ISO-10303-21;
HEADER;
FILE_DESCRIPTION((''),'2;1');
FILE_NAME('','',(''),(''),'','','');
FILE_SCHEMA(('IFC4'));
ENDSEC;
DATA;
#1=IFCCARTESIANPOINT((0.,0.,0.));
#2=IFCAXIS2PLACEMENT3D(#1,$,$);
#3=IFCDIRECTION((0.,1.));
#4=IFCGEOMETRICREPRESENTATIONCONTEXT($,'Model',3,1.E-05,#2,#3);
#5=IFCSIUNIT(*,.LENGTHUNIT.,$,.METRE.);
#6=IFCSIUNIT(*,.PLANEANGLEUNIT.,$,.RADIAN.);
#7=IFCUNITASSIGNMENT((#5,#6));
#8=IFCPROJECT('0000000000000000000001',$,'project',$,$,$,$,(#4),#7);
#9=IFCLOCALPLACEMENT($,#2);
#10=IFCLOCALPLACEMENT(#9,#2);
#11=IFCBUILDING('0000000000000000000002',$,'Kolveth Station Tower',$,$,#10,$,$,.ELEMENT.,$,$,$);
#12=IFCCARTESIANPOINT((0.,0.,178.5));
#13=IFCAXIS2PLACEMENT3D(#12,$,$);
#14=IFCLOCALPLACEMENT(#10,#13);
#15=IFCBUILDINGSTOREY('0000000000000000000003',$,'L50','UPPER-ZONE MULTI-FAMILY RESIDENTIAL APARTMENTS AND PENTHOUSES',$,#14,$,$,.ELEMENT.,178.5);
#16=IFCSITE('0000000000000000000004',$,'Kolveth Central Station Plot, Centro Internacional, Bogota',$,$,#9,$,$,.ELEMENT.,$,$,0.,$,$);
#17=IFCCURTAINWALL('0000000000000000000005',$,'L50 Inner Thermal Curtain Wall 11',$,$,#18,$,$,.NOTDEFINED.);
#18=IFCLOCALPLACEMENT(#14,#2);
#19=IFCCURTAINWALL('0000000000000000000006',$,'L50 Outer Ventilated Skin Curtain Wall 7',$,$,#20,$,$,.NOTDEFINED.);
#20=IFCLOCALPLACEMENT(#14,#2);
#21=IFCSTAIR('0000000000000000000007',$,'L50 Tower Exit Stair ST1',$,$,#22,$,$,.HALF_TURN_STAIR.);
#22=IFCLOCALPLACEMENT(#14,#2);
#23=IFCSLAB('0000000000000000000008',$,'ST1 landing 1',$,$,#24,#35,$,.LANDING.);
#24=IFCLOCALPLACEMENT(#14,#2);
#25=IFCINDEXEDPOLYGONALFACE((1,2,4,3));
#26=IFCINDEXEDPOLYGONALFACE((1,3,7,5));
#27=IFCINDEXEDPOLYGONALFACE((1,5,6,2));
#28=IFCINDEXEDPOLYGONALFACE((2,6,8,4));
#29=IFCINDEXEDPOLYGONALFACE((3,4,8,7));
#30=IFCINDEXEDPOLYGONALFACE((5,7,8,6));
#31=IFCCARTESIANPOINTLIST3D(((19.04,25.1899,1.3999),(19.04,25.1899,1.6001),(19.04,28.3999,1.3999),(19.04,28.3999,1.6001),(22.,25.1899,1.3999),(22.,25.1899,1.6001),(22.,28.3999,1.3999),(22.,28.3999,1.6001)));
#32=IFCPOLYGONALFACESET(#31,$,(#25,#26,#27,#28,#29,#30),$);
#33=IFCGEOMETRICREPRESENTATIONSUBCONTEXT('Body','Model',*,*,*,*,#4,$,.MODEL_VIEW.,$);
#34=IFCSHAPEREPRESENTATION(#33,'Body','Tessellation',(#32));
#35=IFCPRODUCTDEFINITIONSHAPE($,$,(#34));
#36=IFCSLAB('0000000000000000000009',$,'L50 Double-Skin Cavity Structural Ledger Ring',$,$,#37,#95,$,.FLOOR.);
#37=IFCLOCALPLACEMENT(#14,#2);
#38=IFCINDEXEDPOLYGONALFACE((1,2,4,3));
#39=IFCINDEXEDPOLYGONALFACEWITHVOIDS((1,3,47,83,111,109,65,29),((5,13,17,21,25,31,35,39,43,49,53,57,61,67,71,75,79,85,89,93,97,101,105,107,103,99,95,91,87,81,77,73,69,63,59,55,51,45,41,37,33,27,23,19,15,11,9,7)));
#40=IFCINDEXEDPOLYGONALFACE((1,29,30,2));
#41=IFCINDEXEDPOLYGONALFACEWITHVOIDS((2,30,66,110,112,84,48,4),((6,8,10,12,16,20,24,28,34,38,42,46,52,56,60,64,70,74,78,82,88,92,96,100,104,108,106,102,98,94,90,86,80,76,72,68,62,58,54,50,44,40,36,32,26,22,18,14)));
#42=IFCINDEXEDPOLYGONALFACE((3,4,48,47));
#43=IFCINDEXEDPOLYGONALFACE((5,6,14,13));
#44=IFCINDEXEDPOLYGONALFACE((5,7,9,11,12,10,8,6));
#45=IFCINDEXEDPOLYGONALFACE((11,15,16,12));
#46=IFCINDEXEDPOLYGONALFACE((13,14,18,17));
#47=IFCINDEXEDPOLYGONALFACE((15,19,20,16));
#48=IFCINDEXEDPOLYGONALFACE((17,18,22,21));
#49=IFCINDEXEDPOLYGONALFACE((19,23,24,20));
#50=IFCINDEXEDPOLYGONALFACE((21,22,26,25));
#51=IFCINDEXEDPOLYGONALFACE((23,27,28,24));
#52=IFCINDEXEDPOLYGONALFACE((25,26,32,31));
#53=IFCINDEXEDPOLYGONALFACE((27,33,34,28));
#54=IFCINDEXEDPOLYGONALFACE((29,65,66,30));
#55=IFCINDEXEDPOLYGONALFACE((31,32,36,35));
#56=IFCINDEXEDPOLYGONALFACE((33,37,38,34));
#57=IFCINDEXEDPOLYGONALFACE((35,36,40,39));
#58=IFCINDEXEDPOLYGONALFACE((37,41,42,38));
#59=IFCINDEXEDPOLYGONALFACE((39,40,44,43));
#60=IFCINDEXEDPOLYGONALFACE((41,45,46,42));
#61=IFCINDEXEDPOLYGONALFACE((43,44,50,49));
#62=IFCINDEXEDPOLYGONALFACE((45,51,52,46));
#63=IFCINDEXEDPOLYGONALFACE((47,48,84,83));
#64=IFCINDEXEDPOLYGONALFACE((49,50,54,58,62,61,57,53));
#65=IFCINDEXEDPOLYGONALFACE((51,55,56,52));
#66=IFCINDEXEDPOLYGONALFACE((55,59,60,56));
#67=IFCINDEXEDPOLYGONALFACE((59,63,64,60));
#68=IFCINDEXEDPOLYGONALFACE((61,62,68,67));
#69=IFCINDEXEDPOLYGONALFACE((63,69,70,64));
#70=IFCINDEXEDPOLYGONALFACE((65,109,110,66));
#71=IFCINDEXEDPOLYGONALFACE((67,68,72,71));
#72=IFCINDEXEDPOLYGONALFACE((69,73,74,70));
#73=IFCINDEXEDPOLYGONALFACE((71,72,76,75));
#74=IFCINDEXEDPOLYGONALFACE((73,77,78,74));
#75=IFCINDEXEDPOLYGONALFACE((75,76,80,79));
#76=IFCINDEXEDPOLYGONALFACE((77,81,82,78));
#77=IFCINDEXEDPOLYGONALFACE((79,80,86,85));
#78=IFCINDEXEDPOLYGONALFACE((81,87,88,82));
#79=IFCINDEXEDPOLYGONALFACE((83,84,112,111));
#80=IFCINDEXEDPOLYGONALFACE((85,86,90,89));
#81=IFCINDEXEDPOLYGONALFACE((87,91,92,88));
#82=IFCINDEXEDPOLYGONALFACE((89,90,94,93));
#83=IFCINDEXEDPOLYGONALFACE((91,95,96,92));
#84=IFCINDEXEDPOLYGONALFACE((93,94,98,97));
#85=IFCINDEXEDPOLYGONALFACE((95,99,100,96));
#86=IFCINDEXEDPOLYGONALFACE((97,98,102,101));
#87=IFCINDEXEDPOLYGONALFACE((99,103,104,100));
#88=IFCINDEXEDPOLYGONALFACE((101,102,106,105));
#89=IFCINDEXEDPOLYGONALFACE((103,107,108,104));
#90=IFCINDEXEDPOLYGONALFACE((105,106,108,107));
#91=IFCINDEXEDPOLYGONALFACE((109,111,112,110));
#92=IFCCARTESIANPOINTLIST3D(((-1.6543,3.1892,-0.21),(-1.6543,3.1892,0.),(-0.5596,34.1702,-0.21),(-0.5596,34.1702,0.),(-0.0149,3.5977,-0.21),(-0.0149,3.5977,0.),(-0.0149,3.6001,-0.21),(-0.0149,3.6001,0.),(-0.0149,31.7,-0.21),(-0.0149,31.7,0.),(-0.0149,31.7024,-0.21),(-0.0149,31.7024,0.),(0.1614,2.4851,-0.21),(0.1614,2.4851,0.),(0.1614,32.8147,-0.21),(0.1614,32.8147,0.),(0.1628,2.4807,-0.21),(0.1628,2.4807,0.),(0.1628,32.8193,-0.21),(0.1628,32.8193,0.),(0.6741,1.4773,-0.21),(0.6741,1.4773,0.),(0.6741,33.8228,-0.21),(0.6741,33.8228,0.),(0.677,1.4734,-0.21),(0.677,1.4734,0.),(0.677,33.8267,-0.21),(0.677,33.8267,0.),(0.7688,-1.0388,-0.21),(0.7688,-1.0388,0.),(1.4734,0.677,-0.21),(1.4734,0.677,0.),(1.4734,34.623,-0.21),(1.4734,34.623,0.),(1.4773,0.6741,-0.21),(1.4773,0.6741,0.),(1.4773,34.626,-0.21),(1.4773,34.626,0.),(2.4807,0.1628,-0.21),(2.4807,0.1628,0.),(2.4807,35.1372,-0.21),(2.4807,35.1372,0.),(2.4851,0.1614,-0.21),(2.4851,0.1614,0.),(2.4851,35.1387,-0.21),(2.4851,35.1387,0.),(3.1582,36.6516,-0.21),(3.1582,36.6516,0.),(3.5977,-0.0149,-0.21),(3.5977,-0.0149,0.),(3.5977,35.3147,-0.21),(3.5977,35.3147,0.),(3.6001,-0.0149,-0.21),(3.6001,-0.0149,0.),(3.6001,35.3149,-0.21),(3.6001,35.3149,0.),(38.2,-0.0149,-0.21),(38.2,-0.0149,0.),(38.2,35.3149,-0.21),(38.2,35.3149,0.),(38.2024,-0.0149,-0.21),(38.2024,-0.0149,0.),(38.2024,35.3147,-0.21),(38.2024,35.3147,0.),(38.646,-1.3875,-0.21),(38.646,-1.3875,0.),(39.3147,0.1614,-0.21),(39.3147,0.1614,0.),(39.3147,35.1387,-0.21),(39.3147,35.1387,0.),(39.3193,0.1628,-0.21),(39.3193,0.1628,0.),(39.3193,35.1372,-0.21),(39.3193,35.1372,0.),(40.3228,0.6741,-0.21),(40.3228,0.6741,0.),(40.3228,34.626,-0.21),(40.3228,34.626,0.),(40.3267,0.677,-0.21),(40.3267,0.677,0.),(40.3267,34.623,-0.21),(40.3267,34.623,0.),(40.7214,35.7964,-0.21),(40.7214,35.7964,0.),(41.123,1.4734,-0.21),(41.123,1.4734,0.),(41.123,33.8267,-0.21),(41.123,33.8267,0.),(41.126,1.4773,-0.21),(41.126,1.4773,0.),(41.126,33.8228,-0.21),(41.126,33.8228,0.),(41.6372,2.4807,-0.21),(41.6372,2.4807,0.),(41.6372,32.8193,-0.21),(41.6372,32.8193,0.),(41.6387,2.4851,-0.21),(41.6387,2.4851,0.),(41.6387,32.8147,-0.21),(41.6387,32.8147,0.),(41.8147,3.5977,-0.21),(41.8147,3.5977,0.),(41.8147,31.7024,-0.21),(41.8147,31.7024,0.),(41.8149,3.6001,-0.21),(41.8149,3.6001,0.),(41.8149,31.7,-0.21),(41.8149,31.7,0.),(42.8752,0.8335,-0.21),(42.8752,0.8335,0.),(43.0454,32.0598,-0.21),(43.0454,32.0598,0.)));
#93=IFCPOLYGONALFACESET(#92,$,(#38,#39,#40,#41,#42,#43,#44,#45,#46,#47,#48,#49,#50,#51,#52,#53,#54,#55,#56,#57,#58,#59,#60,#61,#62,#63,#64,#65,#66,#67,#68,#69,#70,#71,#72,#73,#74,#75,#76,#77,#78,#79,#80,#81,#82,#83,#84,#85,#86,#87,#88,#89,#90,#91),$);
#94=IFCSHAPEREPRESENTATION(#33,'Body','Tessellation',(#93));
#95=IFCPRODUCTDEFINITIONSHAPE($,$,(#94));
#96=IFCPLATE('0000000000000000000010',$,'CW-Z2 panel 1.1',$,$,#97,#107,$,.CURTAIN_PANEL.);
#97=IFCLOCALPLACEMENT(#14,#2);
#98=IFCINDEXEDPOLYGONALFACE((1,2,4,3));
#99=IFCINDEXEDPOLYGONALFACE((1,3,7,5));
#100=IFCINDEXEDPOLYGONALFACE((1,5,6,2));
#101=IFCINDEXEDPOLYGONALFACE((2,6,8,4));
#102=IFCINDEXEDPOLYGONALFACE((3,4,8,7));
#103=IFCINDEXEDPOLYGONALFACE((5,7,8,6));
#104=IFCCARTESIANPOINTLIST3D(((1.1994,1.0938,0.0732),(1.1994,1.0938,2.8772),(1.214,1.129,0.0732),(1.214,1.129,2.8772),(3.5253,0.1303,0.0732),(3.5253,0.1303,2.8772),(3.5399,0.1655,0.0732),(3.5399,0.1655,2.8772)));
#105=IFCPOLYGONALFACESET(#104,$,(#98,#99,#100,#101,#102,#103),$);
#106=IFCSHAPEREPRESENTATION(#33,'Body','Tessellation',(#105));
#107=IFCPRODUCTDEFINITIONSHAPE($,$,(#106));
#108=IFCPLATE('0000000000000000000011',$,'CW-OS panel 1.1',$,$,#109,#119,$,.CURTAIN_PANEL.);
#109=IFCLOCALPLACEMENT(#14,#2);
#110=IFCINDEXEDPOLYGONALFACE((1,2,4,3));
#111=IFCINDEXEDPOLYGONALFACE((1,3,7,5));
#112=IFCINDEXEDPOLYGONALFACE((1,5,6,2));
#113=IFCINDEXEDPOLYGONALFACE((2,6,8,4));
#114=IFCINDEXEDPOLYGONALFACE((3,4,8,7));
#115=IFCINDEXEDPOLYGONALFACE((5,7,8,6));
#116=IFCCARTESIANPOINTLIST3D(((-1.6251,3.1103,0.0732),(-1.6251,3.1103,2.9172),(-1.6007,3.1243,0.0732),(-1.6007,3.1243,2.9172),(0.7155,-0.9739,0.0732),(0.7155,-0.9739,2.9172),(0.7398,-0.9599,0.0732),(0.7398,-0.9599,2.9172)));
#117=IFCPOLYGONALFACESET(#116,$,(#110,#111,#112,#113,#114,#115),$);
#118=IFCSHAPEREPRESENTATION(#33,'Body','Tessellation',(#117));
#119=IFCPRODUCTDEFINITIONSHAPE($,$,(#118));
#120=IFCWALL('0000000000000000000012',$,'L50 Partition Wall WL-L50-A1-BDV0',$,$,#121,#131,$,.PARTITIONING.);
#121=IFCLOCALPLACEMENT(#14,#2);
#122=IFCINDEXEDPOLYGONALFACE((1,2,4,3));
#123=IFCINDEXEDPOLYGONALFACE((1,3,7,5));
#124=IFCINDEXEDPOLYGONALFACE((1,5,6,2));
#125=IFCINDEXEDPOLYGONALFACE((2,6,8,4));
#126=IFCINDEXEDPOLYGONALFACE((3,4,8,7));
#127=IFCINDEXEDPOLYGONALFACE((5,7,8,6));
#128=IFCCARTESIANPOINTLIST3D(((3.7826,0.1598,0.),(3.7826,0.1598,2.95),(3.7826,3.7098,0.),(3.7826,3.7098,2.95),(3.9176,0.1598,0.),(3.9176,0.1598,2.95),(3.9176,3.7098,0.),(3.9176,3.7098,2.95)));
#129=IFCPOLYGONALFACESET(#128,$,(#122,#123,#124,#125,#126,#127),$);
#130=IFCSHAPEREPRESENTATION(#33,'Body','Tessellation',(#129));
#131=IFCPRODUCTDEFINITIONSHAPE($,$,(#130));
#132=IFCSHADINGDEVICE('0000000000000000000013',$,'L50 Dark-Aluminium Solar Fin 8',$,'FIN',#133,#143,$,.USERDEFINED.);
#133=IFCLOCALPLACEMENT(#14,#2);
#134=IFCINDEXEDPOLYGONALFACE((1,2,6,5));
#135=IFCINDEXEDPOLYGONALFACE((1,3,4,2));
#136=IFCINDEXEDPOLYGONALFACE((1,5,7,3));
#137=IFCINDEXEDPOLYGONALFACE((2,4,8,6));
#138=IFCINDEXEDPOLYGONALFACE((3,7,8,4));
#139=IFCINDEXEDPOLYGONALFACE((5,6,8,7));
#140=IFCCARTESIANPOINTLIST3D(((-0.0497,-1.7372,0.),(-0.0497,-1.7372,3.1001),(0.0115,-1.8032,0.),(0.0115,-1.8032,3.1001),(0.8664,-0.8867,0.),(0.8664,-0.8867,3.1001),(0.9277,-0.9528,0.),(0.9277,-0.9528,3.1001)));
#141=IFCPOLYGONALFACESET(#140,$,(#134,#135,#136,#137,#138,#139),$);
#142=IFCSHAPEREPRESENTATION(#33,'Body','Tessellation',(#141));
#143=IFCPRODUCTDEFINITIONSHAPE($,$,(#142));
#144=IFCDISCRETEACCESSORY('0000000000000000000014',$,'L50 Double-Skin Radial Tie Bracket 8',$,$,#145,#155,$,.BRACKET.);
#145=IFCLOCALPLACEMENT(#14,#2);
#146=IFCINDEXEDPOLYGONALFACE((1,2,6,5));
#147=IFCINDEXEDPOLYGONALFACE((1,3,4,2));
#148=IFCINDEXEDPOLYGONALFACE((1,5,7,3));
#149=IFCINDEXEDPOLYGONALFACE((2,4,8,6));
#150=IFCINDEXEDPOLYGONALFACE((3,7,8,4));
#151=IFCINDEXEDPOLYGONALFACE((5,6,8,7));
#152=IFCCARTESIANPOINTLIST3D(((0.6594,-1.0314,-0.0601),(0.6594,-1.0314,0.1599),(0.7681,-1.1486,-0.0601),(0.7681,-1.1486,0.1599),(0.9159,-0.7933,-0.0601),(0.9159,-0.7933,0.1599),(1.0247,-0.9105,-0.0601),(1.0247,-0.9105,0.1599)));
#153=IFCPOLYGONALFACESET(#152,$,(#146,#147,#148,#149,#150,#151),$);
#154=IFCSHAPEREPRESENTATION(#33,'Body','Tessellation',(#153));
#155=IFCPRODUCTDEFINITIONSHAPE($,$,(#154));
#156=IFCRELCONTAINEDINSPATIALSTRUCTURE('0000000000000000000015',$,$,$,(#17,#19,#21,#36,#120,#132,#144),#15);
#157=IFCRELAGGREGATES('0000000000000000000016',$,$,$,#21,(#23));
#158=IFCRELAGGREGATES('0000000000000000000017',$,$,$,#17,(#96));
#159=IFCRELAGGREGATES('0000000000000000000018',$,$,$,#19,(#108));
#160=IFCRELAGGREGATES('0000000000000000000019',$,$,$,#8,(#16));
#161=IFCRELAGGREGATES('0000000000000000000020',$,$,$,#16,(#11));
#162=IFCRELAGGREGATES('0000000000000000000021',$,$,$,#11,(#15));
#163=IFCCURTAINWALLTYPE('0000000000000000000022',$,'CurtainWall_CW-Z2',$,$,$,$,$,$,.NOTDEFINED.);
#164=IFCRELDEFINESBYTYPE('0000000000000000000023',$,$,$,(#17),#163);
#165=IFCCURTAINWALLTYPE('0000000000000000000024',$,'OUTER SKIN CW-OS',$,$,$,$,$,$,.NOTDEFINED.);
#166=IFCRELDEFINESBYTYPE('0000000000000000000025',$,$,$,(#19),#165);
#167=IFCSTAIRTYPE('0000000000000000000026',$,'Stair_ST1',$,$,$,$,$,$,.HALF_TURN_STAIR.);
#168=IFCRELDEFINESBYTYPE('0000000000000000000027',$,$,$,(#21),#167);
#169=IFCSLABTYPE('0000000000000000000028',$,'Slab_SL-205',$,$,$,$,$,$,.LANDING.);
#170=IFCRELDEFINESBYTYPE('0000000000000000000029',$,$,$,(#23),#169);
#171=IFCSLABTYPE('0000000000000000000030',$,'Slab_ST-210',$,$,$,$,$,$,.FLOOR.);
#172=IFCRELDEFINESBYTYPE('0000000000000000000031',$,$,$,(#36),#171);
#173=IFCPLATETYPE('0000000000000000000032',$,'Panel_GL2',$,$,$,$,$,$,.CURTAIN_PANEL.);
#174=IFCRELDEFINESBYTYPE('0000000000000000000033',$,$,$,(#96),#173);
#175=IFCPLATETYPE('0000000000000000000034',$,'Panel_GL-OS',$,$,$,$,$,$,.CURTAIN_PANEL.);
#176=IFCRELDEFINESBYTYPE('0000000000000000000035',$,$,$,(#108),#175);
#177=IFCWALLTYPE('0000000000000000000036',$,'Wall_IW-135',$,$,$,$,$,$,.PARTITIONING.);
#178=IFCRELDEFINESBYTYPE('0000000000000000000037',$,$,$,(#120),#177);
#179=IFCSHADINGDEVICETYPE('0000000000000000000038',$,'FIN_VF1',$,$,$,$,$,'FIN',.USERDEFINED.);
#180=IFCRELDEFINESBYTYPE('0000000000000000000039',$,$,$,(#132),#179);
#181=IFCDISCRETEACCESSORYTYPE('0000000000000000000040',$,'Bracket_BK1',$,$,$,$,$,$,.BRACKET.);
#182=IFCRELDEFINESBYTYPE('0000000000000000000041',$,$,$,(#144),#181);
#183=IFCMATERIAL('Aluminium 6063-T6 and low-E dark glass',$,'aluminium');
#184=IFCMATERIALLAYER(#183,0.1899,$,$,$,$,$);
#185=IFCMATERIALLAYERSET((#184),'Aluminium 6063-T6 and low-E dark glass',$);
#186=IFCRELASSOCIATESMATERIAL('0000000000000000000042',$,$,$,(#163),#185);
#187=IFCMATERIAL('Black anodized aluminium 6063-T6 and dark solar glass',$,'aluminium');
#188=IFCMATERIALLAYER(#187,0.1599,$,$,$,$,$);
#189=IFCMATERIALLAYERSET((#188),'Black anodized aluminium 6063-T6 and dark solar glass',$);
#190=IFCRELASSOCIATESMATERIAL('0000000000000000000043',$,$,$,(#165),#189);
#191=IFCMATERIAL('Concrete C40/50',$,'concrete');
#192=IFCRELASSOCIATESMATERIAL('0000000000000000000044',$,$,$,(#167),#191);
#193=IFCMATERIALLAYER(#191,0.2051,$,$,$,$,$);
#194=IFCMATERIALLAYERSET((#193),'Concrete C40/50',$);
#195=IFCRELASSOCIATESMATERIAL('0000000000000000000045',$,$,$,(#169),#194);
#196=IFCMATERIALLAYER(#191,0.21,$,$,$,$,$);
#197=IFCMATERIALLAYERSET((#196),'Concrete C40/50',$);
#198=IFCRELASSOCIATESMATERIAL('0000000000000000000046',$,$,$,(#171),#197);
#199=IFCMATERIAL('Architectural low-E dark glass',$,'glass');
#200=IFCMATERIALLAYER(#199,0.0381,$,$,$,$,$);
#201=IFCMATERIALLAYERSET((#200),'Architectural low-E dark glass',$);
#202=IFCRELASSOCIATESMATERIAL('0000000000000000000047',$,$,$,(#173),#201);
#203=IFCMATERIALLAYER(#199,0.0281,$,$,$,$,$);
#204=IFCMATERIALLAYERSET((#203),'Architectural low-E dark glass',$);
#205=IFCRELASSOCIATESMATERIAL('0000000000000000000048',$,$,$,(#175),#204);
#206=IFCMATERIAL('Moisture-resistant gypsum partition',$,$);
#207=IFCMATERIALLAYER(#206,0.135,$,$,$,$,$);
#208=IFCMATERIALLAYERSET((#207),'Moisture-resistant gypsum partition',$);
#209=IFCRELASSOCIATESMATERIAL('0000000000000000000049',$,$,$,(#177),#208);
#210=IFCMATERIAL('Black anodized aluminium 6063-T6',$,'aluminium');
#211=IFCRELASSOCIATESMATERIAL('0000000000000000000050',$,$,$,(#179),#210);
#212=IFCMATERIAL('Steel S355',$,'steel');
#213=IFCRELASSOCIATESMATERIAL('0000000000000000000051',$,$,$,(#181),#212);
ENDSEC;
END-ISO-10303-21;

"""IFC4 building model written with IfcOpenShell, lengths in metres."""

from ifc_helpers import new_model, si_unit, direction, frame, frame_2d, origin, origin_2d, place, context, subcontext, project, spatial, polyline, rectangle, outline, extrude, source, transform, mapped, material, layer, layer_set, type_object, element, aggregate, save


model = new_model("IFC4")

# Units and contexts
model_context = context("Model", 3, precision=1e-05, world=origin(), true_north=direction((0.0, 1.0)))
body_context = subcontext(model_context, "Body", "Model", "MODEL_VIEW")
ifc_project = project(units=[si_unit("LENGTHUNIT", "METRE"), si_unit("PLANEANGLEUNIT", "RADIAN")], contexts=[model_context])

# Site, building, storey
site_placement = place(None, origin())
site = spatial("IfcSite", under=ifc_project, at=site_placement, Name="Kolveth Central Station Plot, Centro Internacional, Bogota", CompositionType="ELEMENT", RefElevation=0.0)
building_placement = place(site_placement, origin())
building = spatial("IfcBuilding", under=site, at=building_placement, Name="Kolveth Station Tower", CompositionType="ELEMENT")
storey_placement = place(building_placement, frame((0.0, 0.0, 178.5)))
storey = spatial("IfcBuildingStorey", under=building, at=storey_placement, Name="L50", Description="UPPER-ZONE MULTI-FAMILY RESIDENTIAL APARTMENTS AND PENTHOUSES", CompositionType="ELEMENT", Elevation=178.5)

# Shared definitions
ifc_material_1 = material(Name="Steel S355", Category="steel")

# Shared definitions
ifc_material_2 = material(Name="Aluminium 6063-T6 and low-E dark glass", Category="aluminium")
ifc_layer_1 = layer(ifc_material_2, 0.1899)
ifc_layer_set_1 = layer_set([ifc_layer_1], Name="Aluminium 6063-T6 and low-E dark glass")
curtain_wall_type_1 = type_object("IfcCurtainWallType", Name="CurtainWall_CW-Z2", PredefinedType="NOTDEFINED", material=ifc_layer_set_1)
ifc_material_3 = material(Name="Black anodized aluminium 6063-T6", Category="aluminium")

# Curtain wall
curtain_wall_1_placement = place(storey_placement, origin())
curtain_wall_1 = element("IfcCurtainWall", 1, at=curtain_wall_1_placement, inside=storey, type_object=curtain_wall_type_1, Name="L50 Inner Thermal Curtain Wall 11", PredefinedType="NOTDEFINED")

# Curtain wall
ifc_material_4 = material(Name="Black anodized aluminium 6063-T6 and dark solar glass", Category="aluminium")
ifc_layer_2 = layer(ifc_material_4, 0.1599)
ifc_layer_set_2 = layer_set([ifc_layer_2], Name="Black anodized aluminium 6063-T6 and dark solar glass")
curtain_wall_type_2 = type_object("IfcCurtainWallType", Name="OUTER SKIN CW-OS", PredefinedType="NOTDEFINED", material=ifc_layer_set_2)
curtain_wall_2_placement = place(storey_placement, origin())
curtain_wall_2 = element("IfcCurtainWall", 2, at=curtain_wall_2_placement, inside=storey, type_object=curtain_wall_type_2, Name="L50 Outer Ventilated Skin Curtain Wall 7", PredefinedType="NOTDEFINED")

# Shared definitions
ifc_material_5 = material(Name="Concrete C40/50", Category="concrete")

# Stair, slab
stair_type_1 = type_object("IfcStairType", Name="Stair_ST1", PredefinedType="HALF_TURN_STAIR", material=ifc_material_5)
stair_1_placement = place(storey_placement, origin())
stair_1 = element("IfcStair", 3, at=stair_1_placement, inside=storey, type_object=stair_type_1, Name="L50 Tower Exit Stair ST1", PredefinedType="HALF_TURN_STAIR")
ifc_layer_3 = layer(ifc_material_5, 0.2051)
ifc_layer_set_3 = layer_set([ifc_layer_3], Name="Concrete C40/50")
slab_type_1 = type_object("IfcSlabType", Name="Slab_SL-205", PredefinedType="LANDING", material=ifc_layer_set_3)
slab_1_placement = place(storey_placement, frame((0.0, 0.0, 1.3999)))
slab_1 = element("IfcSlab", 4, at=slab_1_placement, type_object=slab_type_1, Name="ST1 landing 1", PredefinedType="LANDING", context=body_context, shape_type="SweptSolid", body=[
    extrude(outline(polyline([(22.0, 25.1899), (22.0, 28.3999), (19.04, 28.3999), (19.04, 25.1899), (22.0, 25.1899)])), origin(), (0.0, 0.0, 1.0), 0.2002),
])
aggregate(stair_1, [slab_1])

# Slab
ifc_layer_4 = layer(ifc_material_5, 0.21)
ifc_layer_set_4 = layer_set([ifc_layer_4], Name="Concrete C40/50")
slab_type_2 = type_object("IfcSlabType", Name="Slab_ST-210", PredefinedType="FLOOR", material=ifc_layer_set_4)
slab_2_placement = place(storey_placement, frame((0.0, 0.0, -0.21)))
element("IfcSlab", 5, at=slab_2_placement, inside=storey, type_object=slab_type_2, Name="L50 Double-Skin Cavity Structural Ledger Ring", PredefinedType="FLOOR", context=body_context, shape_type="SweptSolid", body=[
    extrude(outline(polyline([(0.7688, -1.0388), (-1.6543, 3.1892), (-0.5596, 34.1702), (3.1582, 36.6516), (40.7214, 35.7964), (43.0454, 32.0598), (42.8752, 0.8335), (38.646, -1.3875), (0.7688, -1.0388)]), holes=[polyline([(38.2024, -0.0149), (39.3147, 0.1614), (39.3193, 0.1628), (40.3228, 0.6741), (40.3267, 0.677), (41.123, 1.4734), (41.126, 1.4773), (41.6372, 2.4807), (41.6387, 2.4851), (41.8147, 3.5977), (41.8149, 3.6001), (41.8149, 31.7), (41.8147, 31.7024), (41.6387, 32.8147), (41.6372, 32.8193), (41.126, 33.8228), (41.123, 33.8267), (40.3267, 34.623), (40.3228, 34.626), (39.3193, 35.1372), (39.3147, 35.1387), (38.2024, 35.3147), (38.2, 35.3149), (3.6001, 35.3149), (3.5977, 35.3147), (2.4851, 35.1387), (2.4807, 35.1372), (1.4773, 34.626), (1.4734, 34.623), (0.677, 33.8267), (0.6741, 33.8228), (0.1628, 32.8193), (0.1614, 32.8147), (-0.0149, 31.7024), (-0.0149, 31.7), (-0.0149, 3.6001), (-0.0149, 3.5977), (0.1614, 2.4851), (0.1628, 2.4807), (0.6741, 1.4773), (0.677, 1.4734), (1.4734, 0.677), (1.4773, 0.6741), (2.4807, 0.1628), (2.4851, 0.1614), (3.5977, -0.0149), (3.6001, -0.0149), (38.2, -0.0149), (38.2024, -0.0149)])]), origin(), (0.0, 0.0, 1.0), 0.21),
])

# Plates
ifc_material_6 = material(Name="Architectural low-E dark glass", Category="glass")
ifc_layer_5 = layer(ifc_material_6, 0.0381)
ifc_layer_set_5 = layer_set([ifc_layer_5], Name="Architectural low-E dark glass")
plate_type_1 = type_object("IfcPlateType", Name="Panel_GL2", PredefinedType="CURTAIN_PANEL", material=ifc_layer_set_5)
shared_shape_1 = source(origin(), body_context, "Body", "SweptSolid", [
    extrude(rectangle(XDim=2.5176, YDim=0.0381, at=origin_2d()), origin(), (0.0, 0.0, 1.0), 2.804),
])
plate_1_placement = place(storey_placement, frame((2.3696, 0.6296, 0.0732), z_axis=(0.0, 0.0, 1.0), x_axis=(0.923874, -0.382698, 0.0)))
plate_1 = element("IfcPlate", 6, at=plate_1_placement, type_object=plate_type_1, Name="CW-Z2 panel 1.1", PredefinedType="CURTAIN_PANEL", context=body_context, shape_type="MappedRepresentation", body=[
    mapped(shared_shape_1, transform((0.0, 0.0, 0.0), x_axis=(1.0, 0.0, 0.0), y_axis=(0.0, 1.0, 0.0), z_axis=(0.0, 0.0, 1.0), scale=1.0)),
])
aggregate(curtain_wall_1, [plate_1])
ifc_layer_6 = layer(ifc_material_6, 0.0281)
ifc_layer_set_6 = layer_set([ifc_layer_6], Name="Architectural low-E dark glass")
plate_type_2 = type_object("IfcPlateType", Name="Panel_GL-OS", PredefinedType="CURTAIN_PANEL", material=ifc_layer_set_6)
shared_shape_2 = source(origin(), body_context, "Body", "SweptSolid", [
    extrude(rectangle(XDim=4.7073, YDim=0.0281, at=origin_2d()), origin(), (0.0, 0.0, 1.0), 2.844),
])
plate_2_placement = place(storey_placement, frame((-0.4426, 1.0752, 0.0732), z_axis=(0.0, 0.0, 1.0), x_axis=(0.497213, -0.867629, 0.0)))
plate_2 = element("IfcPlate", 7, at=plate_2_placement, type_object=plate_type_2, Name="CW-OS panel 1.1", PredefinedType="CURTAIN_PANEL", context=body_context, shape_type="MappedRepresentation", body=[
    mapped(shared_shape_2, transform((0.0, 0.0, 0.0), x_axis=(1.0, 0.0, 0.0), y_axis=(0.0, 1.0, 0.0), z_axis=(0.0, 0.0, 1.0), scale=1.0)),
])
aggregate(curtain_wall_2, [plate_2])

# Wall
ifc_material_7 = material(Name="Moisture-resistant gypsum partition")
ifc_layer_7 = layer(ifc_material_7, 0.135)
ifc_layer_set_7 = layer_set([ifc_layer_7], Name="Moisture-resistant gypsum partition")
wall_type = type_object("IfcWallType", Name="Wall_IW-135", PredefinedType="PARTITIONING", material=ifc_layer_set_7)
wall_placement = place(storey_placement, frame((3.8501, 0.1599, 0.0), z_axis=(0.0, 0.0, 1.0), x_axis=(0.0, 1.0, 0.0)))
element("IfcWall", 8, at=wall_placement, inside=storey, type_object=wall_type, Name="L50 Partition Wall WL-L50-A1-BDV0", PredefinedType="PARTITIONING", context=body_context, shape_type="SweptSolid", body=[
    extrude(rectangle(XDim=3.55, YDim=0.135, at=frame_2d((1.7749, 0.0))), origin(), (0.0, 0.0, 1.0), 2.95),
])

# Shading device
shading_device_type = type_object("IfcShadingDeviceType", Name="FIN_VF1", ElementType="FIN", PredefinedType="USERDEFINED", material=ifc_material_3)
shared_shape_3 = source(origin(), body_context, "Body", "SweptSolid", [
    extrude(rectangle(XDim=1.25, YDim=0.0901, at=origin_2d()), origin(), (0.0, 0.0, 1.0), 3.1001),
])
shading_device_placement = place(storey_placement, frame((0.439, -1.345, 0.0), z_axis=(0.0, 0.0, 1.0), x_axis=(-0.732899, -0.680337, 0.0)))
element("IfcShadingDevice", 9, at=shading_device_placement, inside=storey, type_object=shading_device_type, Name="L50 Dark-Aluminium Solar Fin 8", ObjectType="FIN", PredefinedType="USERDEFINED", context=body_context, shape_type="MappedRepresentation", body=[
    mapped(shared_shape_3, transform((0.0, 0.0, 0.0), x_axis=(1.0, 0.0, 0.0), y_axis=(0.0, 1.0, 0.0), z_axis=(0.0, 0.0, 1.0), scale=1.0)),
])

# Discrete accessory
discrete_accessory_type = type_object("IfcDiscreteAccessoryType", Name="Bracket_BK1", PredefinedType="BRACKET", material=ifc_material_1)
shared_shape_4 = source(origin(), body_context, "Body", "SweptSolid", [
    extrude(rectangle(XDim=0.3501, YDim=0.1599, at=origin_2d()), origin(), (0.0, 0.0, 1.0), 0.22),
])
discrete_accessory_placement = place(storey_placement, frame((0.842, -0.9709, -0.0601), z_axis=(0.0, 0.0, 1.0), x_axis=(-0.732899, -0.680337, 0.0)))
element("IfcDiscreteAccessory", 10, at=discrete_accessory_placement, inside=storey, type_object=discrete_accessory_type, Name="L50 Double-Skin Radial Tie Bracket 8", PredefinedType="BRACKET", context=body_context, shape_type="MappedRepresentation", body=[
    mapped(shared_shape_4, transform((0.0, 0.0, 0.0), x_axis=(1.0, 0.0, 0.0), y_axis=(0.0, 1.0, 0.0), z_axis=(0.0, 0.0, 1.0), scale=1.0)),
])

save(model, "model.ifc")
